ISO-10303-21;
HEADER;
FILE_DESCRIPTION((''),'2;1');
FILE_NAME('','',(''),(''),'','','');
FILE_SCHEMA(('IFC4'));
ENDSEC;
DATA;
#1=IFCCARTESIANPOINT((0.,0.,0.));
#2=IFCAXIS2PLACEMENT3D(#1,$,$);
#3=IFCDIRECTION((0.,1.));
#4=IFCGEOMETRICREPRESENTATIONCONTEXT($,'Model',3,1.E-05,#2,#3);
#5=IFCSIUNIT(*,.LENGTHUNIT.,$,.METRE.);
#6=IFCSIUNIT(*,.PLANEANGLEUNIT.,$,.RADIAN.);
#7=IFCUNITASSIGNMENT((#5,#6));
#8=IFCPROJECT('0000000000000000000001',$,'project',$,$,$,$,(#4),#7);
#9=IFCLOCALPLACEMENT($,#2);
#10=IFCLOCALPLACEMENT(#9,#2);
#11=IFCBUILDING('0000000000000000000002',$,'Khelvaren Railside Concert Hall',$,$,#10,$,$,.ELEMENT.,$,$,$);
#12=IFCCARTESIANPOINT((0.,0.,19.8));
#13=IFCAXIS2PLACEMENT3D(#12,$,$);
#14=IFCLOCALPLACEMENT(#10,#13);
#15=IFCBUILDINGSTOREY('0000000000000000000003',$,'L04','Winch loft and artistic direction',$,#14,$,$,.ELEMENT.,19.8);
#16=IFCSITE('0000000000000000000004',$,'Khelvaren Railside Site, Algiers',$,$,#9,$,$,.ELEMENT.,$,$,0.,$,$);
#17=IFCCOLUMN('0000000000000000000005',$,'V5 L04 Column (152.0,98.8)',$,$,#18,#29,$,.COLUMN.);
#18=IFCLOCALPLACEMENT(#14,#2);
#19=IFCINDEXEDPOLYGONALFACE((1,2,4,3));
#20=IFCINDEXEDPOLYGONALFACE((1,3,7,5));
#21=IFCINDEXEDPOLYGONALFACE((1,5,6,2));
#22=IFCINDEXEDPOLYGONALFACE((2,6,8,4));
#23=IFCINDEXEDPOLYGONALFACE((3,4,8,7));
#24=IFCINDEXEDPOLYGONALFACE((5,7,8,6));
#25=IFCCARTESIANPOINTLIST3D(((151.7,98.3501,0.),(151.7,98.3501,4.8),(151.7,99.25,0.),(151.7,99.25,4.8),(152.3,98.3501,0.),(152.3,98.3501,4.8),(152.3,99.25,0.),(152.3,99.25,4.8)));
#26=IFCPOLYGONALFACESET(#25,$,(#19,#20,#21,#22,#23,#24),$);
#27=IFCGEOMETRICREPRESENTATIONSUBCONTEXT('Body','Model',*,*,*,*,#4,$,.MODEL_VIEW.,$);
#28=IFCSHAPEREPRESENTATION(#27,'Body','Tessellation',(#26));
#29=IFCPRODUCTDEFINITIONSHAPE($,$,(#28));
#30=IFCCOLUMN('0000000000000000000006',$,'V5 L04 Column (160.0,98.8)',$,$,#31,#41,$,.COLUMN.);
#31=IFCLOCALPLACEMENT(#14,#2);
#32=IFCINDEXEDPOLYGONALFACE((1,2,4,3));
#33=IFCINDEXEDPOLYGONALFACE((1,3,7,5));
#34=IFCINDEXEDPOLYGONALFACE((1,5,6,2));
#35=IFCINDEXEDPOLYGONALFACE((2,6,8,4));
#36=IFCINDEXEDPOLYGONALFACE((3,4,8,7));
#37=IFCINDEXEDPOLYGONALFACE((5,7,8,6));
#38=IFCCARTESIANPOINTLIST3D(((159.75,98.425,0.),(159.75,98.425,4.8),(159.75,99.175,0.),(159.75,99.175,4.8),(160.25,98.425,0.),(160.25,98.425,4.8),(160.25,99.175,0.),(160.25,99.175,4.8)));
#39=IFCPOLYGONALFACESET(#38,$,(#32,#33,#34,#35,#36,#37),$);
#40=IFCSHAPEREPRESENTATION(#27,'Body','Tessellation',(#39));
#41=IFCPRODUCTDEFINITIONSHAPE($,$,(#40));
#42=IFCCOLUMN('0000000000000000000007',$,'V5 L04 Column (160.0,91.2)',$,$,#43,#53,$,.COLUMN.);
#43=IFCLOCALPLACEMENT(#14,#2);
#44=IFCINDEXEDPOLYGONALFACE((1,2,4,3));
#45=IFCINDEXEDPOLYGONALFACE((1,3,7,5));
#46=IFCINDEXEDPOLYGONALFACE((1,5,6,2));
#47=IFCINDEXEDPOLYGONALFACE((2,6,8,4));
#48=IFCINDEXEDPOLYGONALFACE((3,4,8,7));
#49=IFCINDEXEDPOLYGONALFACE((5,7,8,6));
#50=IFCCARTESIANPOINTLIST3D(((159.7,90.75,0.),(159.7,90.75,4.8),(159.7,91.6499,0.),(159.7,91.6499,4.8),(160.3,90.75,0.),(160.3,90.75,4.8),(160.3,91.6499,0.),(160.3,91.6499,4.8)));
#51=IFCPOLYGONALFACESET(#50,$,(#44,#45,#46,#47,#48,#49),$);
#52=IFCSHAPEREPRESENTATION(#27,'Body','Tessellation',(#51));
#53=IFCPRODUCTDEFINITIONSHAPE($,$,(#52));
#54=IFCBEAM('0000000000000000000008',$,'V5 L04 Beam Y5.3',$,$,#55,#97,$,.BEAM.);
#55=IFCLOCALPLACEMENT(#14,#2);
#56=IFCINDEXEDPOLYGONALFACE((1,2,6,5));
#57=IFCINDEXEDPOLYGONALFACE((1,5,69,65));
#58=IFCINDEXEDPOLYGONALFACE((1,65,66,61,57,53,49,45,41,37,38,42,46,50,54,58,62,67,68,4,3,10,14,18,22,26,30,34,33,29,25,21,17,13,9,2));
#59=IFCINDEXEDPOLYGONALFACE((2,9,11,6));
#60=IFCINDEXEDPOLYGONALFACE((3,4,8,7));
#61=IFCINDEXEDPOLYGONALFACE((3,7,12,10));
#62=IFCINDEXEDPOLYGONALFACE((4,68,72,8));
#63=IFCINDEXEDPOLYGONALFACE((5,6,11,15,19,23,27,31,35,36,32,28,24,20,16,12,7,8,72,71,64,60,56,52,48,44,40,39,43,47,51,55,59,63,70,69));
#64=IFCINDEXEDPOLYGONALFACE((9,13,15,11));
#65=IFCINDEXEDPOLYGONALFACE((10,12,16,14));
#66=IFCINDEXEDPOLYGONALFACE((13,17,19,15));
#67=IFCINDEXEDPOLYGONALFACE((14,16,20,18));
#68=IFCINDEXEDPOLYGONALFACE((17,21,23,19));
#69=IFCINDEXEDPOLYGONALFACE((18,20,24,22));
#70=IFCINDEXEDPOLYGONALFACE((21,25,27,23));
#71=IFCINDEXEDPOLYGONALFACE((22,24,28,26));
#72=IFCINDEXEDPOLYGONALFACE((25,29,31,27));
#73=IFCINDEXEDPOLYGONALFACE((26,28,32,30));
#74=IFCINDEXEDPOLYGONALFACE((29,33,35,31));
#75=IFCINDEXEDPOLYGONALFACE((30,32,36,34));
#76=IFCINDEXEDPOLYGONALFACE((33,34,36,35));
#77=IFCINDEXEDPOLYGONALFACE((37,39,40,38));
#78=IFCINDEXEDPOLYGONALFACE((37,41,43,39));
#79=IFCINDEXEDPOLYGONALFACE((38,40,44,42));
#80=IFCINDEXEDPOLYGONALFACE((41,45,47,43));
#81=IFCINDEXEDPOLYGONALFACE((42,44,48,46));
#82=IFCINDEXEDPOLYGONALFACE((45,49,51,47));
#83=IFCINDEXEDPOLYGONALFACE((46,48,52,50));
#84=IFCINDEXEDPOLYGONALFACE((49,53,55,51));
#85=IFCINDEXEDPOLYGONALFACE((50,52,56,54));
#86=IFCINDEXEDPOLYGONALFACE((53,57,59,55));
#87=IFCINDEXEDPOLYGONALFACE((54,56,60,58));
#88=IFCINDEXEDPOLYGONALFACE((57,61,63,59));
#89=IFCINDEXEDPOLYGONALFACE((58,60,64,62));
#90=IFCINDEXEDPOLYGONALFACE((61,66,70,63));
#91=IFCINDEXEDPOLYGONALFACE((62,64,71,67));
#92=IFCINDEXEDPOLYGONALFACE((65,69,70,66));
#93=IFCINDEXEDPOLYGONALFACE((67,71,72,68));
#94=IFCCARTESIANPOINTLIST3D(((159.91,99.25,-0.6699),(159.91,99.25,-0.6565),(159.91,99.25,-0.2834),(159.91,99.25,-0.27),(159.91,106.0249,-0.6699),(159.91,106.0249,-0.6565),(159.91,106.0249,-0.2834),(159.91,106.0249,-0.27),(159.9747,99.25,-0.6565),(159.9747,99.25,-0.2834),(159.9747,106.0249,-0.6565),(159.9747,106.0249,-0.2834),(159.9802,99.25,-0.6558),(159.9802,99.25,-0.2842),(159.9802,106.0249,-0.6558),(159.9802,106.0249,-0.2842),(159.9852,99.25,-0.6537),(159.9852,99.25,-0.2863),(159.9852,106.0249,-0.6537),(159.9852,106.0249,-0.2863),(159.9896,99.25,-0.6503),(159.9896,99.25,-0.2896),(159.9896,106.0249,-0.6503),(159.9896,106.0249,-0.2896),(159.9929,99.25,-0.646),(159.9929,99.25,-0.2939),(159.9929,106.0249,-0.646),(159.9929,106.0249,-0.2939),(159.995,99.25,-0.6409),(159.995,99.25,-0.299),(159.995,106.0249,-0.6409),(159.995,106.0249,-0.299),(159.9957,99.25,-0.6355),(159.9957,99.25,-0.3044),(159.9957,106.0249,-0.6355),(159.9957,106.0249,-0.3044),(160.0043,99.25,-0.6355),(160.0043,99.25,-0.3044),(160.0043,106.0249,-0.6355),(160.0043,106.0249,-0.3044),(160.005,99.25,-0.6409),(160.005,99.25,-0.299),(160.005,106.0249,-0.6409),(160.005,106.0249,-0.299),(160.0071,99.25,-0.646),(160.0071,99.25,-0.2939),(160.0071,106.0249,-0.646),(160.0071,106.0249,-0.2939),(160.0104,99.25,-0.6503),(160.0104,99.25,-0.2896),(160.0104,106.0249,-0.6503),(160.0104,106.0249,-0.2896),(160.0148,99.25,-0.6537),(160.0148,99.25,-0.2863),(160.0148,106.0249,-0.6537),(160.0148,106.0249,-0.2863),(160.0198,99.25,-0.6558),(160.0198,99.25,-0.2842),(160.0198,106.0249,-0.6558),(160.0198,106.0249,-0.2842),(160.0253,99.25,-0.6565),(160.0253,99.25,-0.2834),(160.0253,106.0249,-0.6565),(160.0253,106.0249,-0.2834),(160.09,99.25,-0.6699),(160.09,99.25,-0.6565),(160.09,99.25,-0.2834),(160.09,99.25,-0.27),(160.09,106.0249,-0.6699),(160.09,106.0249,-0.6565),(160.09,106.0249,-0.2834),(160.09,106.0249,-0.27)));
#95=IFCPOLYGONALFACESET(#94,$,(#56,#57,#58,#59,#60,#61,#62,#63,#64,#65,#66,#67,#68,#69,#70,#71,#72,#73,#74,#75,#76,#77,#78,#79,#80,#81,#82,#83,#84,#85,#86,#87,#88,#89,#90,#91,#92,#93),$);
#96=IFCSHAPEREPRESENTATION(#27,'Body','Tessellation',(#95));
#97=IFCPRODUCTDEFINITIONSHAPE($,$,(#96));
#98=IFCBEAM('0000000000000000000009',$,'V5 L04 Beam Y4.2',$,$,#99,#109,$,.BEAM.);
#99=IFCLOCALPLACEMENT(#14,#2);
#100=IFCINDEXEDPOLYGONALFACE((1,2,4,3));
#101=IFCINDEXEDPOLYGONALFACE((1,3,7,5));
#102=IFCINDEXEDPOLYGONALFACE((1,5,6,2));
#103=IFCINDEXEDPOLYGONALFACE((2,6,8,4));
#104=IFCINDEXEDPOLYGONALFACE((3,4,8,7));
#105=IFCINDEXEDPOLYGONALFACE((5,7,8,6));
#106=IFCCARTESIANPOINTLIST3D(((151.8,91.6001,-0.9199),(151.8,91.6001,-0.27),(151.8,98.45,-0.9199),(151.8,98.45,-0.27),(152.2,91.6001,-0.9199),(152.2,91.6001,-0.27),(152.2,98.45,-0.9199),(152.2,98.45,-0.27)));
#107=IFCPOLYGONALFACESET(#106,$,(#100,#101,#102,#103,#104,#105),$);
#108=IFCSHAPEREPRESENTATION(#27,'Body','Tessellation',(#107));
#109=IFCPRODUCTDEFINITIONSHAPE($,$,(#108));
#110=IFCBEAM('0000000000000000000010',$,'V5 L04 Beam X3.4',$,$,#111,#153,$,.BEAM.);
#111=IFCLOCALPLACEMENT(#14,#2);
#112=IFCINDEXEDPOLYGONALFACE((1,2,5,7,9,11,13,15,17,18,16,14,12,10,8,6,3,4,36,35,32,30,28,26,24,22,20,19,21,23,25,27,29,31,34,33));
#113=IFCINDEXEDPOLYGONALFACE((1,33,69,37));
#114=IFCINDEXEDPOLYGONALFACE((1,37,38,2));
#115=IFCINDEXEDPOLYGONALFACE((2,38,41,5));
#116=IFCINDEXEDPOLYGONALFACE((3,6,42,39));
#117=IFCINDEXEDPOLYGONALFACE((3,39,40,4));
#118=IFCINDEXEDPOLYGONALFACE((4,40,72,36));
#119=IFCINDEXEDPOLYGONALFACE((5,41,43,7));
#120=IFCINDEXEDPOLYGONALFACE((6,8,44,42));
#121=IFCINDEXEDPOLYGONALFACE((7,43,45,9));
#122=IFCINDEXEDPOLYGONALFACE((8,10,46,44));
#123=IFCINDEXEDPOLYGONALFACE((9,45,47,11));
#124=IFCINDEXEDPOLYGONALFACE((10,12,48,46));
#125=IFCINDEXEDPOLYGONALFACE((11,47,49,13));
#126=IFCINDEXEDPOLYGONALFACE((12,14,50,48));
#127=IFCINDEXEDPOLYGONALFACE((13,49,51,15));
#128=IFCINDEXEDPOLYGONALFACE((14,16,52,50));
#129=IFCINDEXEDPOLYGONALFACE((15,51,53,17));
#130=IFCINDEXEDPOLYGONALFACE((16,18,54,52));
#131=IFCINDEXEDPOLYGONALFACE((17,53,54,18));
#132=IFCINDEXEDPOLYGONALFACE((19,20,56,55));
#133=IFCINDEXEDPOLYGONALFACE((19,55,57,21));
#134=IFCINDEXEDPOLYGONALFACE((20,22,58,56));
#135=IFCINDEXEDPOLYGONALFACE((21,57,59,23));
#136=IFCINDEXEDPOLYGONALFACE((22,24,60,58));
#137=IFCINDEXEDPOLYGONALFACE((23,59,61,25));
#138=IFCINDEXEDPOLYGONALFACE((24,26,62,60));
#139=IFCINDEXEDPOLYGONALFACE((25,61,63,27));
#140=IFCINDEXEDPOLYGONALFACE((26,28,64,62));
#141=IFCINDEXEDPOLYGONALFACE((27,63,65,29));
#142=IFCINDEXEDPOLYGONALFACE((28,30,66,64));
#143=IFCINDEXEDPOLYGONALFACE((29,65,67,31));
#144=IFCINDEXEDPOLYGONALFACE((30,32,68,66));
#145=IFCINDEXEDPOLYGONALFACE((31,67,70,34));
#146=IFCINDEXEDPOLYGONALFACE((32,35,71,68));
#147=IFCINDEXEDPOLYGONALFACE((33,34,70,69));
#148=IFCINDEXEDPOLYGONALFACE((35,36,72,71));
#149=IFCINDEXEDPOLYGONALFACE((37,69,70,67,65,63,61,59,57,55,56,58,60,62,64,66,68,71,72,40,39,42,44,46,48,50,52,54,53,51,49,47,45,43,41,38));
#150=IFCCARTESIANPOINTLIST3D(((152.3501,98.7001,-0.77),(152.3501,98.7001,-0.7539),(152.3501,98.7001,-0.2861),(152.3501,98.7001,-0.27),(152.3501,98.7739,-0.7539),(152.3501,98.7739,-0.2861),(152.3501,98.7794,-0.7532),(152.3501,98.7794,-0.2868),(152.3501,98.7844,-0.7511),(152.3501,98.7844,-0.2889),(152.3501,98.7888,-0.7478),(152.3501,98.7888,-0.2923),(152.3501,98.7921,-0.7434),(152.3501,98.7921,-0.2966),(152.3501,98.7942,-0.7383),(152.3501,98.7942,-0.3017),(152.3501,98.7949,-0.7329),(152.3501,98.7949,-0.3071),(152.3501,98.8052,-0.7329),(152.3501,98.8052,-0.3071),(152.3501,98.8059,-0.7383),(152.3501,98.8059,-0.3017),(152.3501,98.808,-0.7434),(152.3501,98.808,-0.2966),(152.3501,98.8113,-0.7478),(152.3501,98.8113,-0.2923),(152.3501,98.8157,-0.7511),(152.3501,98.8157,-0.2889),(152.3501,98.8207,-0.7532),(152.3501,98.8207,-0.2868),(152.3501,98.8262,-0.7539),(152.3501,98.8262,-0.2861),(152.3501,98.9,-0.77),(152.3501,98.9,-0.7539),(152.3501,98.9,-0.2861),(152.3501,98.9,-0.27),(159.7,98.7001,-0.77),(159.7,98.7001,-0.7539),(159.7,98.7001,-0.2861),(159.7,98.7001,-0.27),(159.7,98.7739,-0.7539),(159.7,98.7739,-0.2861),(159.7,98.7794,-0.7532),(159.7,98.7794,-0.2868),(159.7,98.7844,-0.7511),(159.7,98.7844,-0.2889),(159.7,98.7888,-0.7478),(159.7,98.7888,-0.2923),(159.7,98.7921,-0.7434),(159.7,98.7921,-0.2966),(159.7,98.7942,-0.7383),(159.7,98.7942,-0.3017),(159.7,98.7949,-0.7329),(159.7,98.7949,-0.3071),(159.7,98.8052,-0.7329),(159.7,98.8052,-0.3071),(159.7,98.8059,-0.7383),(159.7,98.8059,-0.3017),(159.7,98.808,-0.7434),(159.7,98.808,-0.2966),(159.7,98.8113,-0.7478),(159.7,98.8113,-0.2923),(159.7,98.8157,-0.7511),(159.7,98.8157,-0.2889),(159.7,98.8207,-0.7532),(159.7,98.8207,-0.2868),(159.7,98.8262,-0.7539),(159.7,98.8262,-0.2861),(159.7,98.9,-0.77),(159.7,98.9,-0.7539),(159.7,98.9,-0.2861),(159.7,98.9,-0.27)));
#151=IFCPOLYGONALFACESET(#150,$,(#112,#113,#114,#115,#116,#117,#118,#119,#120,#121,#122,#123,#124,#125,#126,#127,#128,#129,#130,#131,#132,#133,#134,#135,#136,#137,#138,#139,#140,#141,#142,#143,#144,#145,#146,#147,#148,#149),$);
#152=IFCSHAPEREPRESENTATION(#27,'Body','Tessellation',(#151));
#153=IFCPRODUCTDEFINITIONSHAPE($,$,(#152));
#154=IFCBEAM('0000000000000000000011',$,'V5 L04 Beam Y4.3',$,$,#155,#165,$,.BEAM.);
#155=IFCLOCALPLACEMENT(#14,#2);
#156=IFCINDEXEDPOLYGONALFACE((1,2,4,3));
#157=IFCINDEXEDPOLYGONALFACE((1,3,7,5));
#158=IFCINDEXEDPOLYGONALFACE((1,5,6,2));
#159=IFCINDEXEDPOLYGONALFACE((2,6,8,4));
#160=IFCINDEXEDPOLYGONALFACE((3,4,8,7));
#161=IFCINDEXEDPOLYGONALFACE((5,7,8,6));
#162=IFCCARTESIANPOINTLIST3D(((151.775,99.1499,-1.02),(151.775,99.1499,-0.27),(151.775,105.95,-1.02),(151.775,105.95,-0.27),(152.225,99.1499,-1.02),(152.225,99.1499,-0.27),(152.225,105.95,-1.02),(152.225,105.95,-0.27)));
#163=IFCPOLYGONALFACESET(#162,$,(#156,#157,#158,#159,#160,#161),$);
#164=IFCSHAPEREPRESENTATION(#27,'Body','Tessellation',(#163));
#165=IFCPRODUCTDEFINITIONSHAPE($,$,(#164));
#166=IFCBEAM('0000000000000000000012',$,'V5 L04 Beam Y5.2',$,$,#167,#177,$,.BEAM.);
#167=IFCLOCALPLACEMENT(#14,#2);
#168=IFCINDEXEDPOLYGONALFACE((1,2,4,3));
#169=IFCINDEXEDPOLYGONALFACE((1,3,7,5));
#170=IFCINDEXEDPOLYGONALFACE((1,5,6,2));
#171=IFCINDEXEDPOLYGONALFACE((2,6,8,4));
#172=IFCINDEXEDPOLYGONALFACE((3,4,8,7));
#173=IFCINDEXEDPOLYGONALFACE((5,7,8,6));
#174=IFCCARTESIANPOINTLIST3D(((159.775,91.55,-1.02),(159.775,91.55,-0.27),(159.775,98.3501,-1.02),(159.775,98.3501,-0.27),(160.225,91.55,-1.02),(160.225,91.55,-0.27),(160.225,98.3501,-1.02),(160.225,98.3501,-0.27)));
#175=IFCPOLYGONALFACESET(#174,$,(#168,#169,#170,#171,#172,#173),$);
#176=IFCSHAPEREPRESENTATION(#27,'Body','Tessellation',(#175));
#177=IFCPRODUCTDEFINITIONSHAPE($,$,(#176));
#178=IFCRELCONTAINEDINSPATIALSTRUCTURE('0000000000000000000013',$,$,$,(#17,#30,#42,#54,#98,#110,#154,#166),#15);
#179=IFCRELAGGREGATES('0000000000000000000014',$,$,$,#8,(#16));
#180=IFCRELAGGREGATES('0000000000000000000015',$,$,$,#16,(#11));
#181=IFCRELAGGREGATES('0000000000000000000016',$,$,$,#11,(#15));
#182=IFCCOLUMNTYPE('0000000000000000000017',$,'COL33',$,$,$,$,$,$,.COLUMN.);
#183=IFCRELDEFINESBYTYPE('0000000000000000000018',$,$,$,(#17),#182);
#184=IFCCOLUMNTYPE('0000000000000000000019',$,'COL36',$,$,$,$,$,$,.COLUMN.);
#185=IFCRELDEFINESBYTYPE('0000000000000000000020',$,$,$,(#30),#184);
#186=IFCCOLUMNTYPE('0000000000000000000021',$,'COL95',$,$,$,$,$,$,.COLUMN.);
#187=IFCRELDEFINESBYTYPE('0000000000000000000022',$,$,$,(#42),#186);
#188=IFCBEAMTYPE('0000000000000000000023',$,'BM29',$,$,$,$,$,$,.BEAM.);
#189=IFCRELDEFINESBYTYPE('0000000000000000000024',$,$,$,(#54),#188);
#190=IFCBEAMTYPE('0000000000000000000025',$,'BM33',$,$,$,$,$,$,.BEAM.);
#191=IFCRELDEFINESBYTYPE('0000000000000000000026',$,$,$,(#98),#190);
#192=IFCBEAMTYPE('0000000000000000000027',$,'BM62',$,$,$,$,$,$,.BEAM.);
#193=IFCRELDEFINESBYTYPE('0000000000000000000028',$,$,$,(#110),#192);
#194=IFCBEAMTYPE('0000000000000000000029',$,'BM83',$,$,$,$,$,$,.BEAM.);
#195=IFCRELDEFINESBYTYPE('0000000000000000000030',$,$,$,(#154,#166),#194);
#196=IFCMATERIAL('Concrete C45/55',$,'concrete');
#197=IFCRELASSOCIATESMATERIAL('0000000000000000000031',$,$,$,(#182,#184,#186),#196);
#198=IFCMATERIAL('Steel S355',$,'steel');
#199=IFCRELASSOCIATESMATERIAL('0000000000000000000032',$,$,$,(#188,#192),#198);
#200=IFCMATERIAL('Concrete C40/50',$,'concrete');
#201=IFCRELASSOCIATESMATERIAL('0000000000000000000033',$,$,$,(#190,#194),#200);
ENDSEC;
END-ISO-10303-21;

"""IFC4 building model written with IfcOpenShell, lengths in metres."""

from ifc_helpers import new_model, si_unit, direction, frame, origin, origin_2d, place, context, subcontext, project, spatial, rectangle, i_section, extrude, material, material_profile, profile_set, type_object, element, save


model = new_model("IFC4")

# Units and contexts
model_context = context("Model", 3, precision=1e-05, world=origin(), true_north=direction((0.0, 1.0)))
body_context = subcontext(model_context, "Body", "Model", "MODEL_VIEW")
ifc_project = project(units=[si_unit("LENGTHUNIT", "METRE"), si_unit("PLANEANGLEUNIT", "RADIAN")], contexts=[model_context])

# Site, building, storey
site_placement = place(None, origin())
site = spatial("IfcSite", under=ifc_project, at=site_placement, Name="Khelvaren Railside Site, Algiers", CompositionType="ELEMENT", RefElevation=0.0)
building_placement = place(site_placement, origin())
building = spatial("IfcBuilding", under=site, at=building_placement, Name="Khelvaren Railside Concert Hall", CompositionType="ELEMENT")
storey_placement = place(building_placement, frame((0.0, 0.0, 19.8)))
storey = spatial("IfcBuildingStorey", under=building, at=storey_placement, Name="L04", Description="Winch loft and artistic direction", CompositionType="ELEMENT", Elevation=19.8)

# Columns
ifc_material_1 = material(Name="Concrete C45/55", Category="concrete")
ifc_material_profile_1 = material_profile(ifc_material_1, rectangle(XDim=0.6001, YDim=0.8999, at=origin_2d()), Name="RC 600x900")
ifc_profile_set_1 = profile_set([ifc_material_profile_1], Name="Concrete C45/55")
column_type_1 = type_object("IfcColumnType", Name="COL33", PredefinedType="COLUMN", material=ifc_profile_set_1)
column_1_placement = place(storey_placement, frame((152.0, 98.8, 0.0), z_axis=(0.0, 0.0, 1.0), x_axis=(1.0, 0.0, 0.0)))
element("IfcColumn", 1, at=column_1_placement, inside=storey, type_object=column_type_1, Name="V5 L04 Column (152.0,98.8)", PredefinedType="COLUMN", context=body_context, shape_type="SweptSolid", body=[
    extrude(rectangle(XDim=0.6001, YDim=0.8999, at=origin_2d()), origin(), (0.0, 0.0, 1.0), 4.8),
])
ifc_material_profile_2 = material_profile(ifc_material_1, rectangle(XDim=0.5, YDim=0.75, at=origin_2d()), Name="RC 500x750")
ifc_profile_set_2 = profile_set([ifc_material_profile_2], Name="Concrete C45/55")
column_type_2 = type_object("IfcColumnType", Name="COL36", PredefinedType="COLUMN", material=ifc_profile_set_2)
column_2_placement = place(storey_placement, frame((160.0, 98.8, 0.0), z_axis=(0.0, 0.0, 1.0), x_axis=(1.0, 0.0, 0.0)))
element("IfcColumn", 2, at=column_2_placement, inside=storey, type_object=column_type_2, Name="V5 L04 Column (160.0,98.8)", PredefinedType="COLUMN", context=body_context, shape_type="SweptSolid", body=[
    extrude(rectangle(XDim=0.5, YDim=0.75, at=origin_2d()), origin(), (0.0, 0.0, 1.0), 4.8),
])
ifc_material_profile_3 = material_profile(ifc_material_1, rectangle(XDim=0.6001, YDim=0.8999, at=origin_2d()), Name="RC 600x900")
ifc_profile_set_3 = profile_set([ifc_material_profile_3], Name="Concrete C45/55")
column_type_3 = type_object("IfcColumnType", Name="COL95", PredefinedType="COLUMN", material=ifc_profile_set_3)
column_3_placement = place(storey_placement, frame((160.0, 91.2, 0.0), z_axis=(0.0, 0.0, 1.0), x_axis=(1.0, 0.0, 0.0)))
element("IfcColumn", 3, at=column_3_placement, inside=storey, type_object=column_type_3, Name="V5 L04 Column (160.0,91.2)", PredefinedType="COLUMN", context=body_context, shape_type="SweptSolid", body=[
    extrude(rectangle(XDim=0.6001, YDim=0.8999, at=origin_2d()), origin(), (0.0, 0.0, 1.0), 4.8),
])

# Beams
ifc_material_2 = material(Name="Steel S355", Category="steel")
ifc_material_profile_4 = material_profile(ifc_material_2, i_section(OverallWidth=0.1799, OverallDepth=0.3999, WebThickness=0.0085, FlangeThickness=0.0134, FilletRadius=0.021, at=origin_2d()), Name="IPE 400")
ifc_profile_set_4 = profile_set([ifc_material_profile_4], Name="Steel S355")
beam_type_1 = type_object("IfcBeamType", Name="BM29", PredefinedType="BEAM", material=ifc_profile_set_4)
beam_1_placement = place(storey_placement, frame((160.0, 99.25, -0.47), z_axis=(0.0, 1.0, 0.0), x_axis=(-1.0, 0.0, 0.0)))
element("IfcBeam", 4, at=beam_1_placement, inside=storey, type_object=beam_type_1, Name="V5 L04 Beam Y5.3", PredefinedType="BEAM", context=body_context, shape_type="SweptSolid", body=[
    extrude(i_section(OverallWidth=0.1799, OverallDepth=0.3999, WebThickness=0.0085, FlangeThickness=0.0134, FilletRadius=0.021, at=origin_2d()), origin(), (0.0, 0.0, 1.0), 6.7749),
])
ifc_material_3 = material(Name="Concrete C40/50", Category="concrete")
ifc_material_profile_5 = material_profile(ifc_material_3, rectangle(XDim=0.3999, YDim=0.6499, at=origin_2d()), Name="RCB 400x650")
ifc_profile_set_5 = profile_set([ifc_material_profile_5], Name="Concrete C40/50")
beam_type_2 = type_object("IfcBeamType", Name="BM33", PredefinedType="BEAM", material=ifc_profile_set_5)
beam_2_placement = place(storey_placement, frame((152.0, 91.6001, -0.595), z_axis=(0.0, 1.0, 0.0), x_axis=(-1.0, 0.0, 0.0)))
element("IfcBeam", 5, at=beam_2_placement, inside=storey, type_object=beam_type_2, Name="V5 L04 Beam Y4.2", PredefinedType="BEAM", context=body_context, shape_type="SweptSolid", body=[
    extrude(rectangle(XDim=0.3999, YDim=0.6499, at=origin_2d()), origin(), (0.0, 0.0, 1.0), 6.8499),
])
ifc_material_profile_6 = material_profile(ifc_material_2, i_section(OverallWidth=0.2, OverallDepth=0.5, WebThickness=0.0103, FlangeThickness=0.0161, FilletRadius=0.021, at=origin_2d()), Name="IPE 500")
ifc_profile_set_6 = profile_set([ifc_material_profile_6], Name="Steel S355")
beam_type_3 = type_object("IfcBeamType", Name="BM62", PredefinedType="BEAM", material=ifc_profile_set_6)
beam_3_placement = place(storey_placement, frame((152.3501, 98.8, -0.52), z_axis=(1.0, 0.0, 0.0), x_axis=(0.0, 1.0, 0.0)))
element("IfcBeam", 6, at=beam_3_placement, inside=storey, type_object=beam_type_3, Name="V5 L04 Beam X3.4", PredefinedType="BEAM", context=body_context, shape_type="SweptSolid", body=[
    extrude(i_section(OverallWidth=0.2, OverallDepth=0.5, WebThickness=0.0103, FlangeThickness=0.0161, FilletRadius=0.021, at=origin_2d()), origin(), (0.0, 0.0, 1.0), 7.3499),
])
ifc_material_profile_7 = material_profile(ifc_material_3, rectangle(XDim=0.45, YDim=0.75, at=origin_2d()), Name="RCB 450x750")
ifc_profile_set_7 = profile_set([ifc_material_profile_7], Name="Concrete C40/50")
beam_type_4 = type_object("IfcBeamType", Name="BM83", PredefinedType="BEAM", material=ifc_profile_set_7)
for number, where, z_axis, x_axis, name in (
    (7, (152.0, 99.1499, -0.645), (0.0, 1.0, 0.0), (-1.0, 0.0, 0.0), "V5 L04 Beam Y4.3"),
    (8, (160.0, 91.55, -0.645), (0.0, 1.0, 0.0), (-1.0, 0.0, 0.0), "V5 L04 Beam Y5.2"),
):
    element("IfcBeam", number, at=place(storey_placement, frame(where, z_axis=z_axis, x_axis=x_axis)), inside=storey, type_object=beam_type_4, Name=name, PredefinedType="BEAM", context=body_context, shape_type="SweptSolid", body=[
        extrude(rectangle(XDim=0.45, YDim=0.75, at=origin_2d()), origin(), (0.0, 0.0, 1.0), 6.8),
    ])

save(model, "model.ifc")
